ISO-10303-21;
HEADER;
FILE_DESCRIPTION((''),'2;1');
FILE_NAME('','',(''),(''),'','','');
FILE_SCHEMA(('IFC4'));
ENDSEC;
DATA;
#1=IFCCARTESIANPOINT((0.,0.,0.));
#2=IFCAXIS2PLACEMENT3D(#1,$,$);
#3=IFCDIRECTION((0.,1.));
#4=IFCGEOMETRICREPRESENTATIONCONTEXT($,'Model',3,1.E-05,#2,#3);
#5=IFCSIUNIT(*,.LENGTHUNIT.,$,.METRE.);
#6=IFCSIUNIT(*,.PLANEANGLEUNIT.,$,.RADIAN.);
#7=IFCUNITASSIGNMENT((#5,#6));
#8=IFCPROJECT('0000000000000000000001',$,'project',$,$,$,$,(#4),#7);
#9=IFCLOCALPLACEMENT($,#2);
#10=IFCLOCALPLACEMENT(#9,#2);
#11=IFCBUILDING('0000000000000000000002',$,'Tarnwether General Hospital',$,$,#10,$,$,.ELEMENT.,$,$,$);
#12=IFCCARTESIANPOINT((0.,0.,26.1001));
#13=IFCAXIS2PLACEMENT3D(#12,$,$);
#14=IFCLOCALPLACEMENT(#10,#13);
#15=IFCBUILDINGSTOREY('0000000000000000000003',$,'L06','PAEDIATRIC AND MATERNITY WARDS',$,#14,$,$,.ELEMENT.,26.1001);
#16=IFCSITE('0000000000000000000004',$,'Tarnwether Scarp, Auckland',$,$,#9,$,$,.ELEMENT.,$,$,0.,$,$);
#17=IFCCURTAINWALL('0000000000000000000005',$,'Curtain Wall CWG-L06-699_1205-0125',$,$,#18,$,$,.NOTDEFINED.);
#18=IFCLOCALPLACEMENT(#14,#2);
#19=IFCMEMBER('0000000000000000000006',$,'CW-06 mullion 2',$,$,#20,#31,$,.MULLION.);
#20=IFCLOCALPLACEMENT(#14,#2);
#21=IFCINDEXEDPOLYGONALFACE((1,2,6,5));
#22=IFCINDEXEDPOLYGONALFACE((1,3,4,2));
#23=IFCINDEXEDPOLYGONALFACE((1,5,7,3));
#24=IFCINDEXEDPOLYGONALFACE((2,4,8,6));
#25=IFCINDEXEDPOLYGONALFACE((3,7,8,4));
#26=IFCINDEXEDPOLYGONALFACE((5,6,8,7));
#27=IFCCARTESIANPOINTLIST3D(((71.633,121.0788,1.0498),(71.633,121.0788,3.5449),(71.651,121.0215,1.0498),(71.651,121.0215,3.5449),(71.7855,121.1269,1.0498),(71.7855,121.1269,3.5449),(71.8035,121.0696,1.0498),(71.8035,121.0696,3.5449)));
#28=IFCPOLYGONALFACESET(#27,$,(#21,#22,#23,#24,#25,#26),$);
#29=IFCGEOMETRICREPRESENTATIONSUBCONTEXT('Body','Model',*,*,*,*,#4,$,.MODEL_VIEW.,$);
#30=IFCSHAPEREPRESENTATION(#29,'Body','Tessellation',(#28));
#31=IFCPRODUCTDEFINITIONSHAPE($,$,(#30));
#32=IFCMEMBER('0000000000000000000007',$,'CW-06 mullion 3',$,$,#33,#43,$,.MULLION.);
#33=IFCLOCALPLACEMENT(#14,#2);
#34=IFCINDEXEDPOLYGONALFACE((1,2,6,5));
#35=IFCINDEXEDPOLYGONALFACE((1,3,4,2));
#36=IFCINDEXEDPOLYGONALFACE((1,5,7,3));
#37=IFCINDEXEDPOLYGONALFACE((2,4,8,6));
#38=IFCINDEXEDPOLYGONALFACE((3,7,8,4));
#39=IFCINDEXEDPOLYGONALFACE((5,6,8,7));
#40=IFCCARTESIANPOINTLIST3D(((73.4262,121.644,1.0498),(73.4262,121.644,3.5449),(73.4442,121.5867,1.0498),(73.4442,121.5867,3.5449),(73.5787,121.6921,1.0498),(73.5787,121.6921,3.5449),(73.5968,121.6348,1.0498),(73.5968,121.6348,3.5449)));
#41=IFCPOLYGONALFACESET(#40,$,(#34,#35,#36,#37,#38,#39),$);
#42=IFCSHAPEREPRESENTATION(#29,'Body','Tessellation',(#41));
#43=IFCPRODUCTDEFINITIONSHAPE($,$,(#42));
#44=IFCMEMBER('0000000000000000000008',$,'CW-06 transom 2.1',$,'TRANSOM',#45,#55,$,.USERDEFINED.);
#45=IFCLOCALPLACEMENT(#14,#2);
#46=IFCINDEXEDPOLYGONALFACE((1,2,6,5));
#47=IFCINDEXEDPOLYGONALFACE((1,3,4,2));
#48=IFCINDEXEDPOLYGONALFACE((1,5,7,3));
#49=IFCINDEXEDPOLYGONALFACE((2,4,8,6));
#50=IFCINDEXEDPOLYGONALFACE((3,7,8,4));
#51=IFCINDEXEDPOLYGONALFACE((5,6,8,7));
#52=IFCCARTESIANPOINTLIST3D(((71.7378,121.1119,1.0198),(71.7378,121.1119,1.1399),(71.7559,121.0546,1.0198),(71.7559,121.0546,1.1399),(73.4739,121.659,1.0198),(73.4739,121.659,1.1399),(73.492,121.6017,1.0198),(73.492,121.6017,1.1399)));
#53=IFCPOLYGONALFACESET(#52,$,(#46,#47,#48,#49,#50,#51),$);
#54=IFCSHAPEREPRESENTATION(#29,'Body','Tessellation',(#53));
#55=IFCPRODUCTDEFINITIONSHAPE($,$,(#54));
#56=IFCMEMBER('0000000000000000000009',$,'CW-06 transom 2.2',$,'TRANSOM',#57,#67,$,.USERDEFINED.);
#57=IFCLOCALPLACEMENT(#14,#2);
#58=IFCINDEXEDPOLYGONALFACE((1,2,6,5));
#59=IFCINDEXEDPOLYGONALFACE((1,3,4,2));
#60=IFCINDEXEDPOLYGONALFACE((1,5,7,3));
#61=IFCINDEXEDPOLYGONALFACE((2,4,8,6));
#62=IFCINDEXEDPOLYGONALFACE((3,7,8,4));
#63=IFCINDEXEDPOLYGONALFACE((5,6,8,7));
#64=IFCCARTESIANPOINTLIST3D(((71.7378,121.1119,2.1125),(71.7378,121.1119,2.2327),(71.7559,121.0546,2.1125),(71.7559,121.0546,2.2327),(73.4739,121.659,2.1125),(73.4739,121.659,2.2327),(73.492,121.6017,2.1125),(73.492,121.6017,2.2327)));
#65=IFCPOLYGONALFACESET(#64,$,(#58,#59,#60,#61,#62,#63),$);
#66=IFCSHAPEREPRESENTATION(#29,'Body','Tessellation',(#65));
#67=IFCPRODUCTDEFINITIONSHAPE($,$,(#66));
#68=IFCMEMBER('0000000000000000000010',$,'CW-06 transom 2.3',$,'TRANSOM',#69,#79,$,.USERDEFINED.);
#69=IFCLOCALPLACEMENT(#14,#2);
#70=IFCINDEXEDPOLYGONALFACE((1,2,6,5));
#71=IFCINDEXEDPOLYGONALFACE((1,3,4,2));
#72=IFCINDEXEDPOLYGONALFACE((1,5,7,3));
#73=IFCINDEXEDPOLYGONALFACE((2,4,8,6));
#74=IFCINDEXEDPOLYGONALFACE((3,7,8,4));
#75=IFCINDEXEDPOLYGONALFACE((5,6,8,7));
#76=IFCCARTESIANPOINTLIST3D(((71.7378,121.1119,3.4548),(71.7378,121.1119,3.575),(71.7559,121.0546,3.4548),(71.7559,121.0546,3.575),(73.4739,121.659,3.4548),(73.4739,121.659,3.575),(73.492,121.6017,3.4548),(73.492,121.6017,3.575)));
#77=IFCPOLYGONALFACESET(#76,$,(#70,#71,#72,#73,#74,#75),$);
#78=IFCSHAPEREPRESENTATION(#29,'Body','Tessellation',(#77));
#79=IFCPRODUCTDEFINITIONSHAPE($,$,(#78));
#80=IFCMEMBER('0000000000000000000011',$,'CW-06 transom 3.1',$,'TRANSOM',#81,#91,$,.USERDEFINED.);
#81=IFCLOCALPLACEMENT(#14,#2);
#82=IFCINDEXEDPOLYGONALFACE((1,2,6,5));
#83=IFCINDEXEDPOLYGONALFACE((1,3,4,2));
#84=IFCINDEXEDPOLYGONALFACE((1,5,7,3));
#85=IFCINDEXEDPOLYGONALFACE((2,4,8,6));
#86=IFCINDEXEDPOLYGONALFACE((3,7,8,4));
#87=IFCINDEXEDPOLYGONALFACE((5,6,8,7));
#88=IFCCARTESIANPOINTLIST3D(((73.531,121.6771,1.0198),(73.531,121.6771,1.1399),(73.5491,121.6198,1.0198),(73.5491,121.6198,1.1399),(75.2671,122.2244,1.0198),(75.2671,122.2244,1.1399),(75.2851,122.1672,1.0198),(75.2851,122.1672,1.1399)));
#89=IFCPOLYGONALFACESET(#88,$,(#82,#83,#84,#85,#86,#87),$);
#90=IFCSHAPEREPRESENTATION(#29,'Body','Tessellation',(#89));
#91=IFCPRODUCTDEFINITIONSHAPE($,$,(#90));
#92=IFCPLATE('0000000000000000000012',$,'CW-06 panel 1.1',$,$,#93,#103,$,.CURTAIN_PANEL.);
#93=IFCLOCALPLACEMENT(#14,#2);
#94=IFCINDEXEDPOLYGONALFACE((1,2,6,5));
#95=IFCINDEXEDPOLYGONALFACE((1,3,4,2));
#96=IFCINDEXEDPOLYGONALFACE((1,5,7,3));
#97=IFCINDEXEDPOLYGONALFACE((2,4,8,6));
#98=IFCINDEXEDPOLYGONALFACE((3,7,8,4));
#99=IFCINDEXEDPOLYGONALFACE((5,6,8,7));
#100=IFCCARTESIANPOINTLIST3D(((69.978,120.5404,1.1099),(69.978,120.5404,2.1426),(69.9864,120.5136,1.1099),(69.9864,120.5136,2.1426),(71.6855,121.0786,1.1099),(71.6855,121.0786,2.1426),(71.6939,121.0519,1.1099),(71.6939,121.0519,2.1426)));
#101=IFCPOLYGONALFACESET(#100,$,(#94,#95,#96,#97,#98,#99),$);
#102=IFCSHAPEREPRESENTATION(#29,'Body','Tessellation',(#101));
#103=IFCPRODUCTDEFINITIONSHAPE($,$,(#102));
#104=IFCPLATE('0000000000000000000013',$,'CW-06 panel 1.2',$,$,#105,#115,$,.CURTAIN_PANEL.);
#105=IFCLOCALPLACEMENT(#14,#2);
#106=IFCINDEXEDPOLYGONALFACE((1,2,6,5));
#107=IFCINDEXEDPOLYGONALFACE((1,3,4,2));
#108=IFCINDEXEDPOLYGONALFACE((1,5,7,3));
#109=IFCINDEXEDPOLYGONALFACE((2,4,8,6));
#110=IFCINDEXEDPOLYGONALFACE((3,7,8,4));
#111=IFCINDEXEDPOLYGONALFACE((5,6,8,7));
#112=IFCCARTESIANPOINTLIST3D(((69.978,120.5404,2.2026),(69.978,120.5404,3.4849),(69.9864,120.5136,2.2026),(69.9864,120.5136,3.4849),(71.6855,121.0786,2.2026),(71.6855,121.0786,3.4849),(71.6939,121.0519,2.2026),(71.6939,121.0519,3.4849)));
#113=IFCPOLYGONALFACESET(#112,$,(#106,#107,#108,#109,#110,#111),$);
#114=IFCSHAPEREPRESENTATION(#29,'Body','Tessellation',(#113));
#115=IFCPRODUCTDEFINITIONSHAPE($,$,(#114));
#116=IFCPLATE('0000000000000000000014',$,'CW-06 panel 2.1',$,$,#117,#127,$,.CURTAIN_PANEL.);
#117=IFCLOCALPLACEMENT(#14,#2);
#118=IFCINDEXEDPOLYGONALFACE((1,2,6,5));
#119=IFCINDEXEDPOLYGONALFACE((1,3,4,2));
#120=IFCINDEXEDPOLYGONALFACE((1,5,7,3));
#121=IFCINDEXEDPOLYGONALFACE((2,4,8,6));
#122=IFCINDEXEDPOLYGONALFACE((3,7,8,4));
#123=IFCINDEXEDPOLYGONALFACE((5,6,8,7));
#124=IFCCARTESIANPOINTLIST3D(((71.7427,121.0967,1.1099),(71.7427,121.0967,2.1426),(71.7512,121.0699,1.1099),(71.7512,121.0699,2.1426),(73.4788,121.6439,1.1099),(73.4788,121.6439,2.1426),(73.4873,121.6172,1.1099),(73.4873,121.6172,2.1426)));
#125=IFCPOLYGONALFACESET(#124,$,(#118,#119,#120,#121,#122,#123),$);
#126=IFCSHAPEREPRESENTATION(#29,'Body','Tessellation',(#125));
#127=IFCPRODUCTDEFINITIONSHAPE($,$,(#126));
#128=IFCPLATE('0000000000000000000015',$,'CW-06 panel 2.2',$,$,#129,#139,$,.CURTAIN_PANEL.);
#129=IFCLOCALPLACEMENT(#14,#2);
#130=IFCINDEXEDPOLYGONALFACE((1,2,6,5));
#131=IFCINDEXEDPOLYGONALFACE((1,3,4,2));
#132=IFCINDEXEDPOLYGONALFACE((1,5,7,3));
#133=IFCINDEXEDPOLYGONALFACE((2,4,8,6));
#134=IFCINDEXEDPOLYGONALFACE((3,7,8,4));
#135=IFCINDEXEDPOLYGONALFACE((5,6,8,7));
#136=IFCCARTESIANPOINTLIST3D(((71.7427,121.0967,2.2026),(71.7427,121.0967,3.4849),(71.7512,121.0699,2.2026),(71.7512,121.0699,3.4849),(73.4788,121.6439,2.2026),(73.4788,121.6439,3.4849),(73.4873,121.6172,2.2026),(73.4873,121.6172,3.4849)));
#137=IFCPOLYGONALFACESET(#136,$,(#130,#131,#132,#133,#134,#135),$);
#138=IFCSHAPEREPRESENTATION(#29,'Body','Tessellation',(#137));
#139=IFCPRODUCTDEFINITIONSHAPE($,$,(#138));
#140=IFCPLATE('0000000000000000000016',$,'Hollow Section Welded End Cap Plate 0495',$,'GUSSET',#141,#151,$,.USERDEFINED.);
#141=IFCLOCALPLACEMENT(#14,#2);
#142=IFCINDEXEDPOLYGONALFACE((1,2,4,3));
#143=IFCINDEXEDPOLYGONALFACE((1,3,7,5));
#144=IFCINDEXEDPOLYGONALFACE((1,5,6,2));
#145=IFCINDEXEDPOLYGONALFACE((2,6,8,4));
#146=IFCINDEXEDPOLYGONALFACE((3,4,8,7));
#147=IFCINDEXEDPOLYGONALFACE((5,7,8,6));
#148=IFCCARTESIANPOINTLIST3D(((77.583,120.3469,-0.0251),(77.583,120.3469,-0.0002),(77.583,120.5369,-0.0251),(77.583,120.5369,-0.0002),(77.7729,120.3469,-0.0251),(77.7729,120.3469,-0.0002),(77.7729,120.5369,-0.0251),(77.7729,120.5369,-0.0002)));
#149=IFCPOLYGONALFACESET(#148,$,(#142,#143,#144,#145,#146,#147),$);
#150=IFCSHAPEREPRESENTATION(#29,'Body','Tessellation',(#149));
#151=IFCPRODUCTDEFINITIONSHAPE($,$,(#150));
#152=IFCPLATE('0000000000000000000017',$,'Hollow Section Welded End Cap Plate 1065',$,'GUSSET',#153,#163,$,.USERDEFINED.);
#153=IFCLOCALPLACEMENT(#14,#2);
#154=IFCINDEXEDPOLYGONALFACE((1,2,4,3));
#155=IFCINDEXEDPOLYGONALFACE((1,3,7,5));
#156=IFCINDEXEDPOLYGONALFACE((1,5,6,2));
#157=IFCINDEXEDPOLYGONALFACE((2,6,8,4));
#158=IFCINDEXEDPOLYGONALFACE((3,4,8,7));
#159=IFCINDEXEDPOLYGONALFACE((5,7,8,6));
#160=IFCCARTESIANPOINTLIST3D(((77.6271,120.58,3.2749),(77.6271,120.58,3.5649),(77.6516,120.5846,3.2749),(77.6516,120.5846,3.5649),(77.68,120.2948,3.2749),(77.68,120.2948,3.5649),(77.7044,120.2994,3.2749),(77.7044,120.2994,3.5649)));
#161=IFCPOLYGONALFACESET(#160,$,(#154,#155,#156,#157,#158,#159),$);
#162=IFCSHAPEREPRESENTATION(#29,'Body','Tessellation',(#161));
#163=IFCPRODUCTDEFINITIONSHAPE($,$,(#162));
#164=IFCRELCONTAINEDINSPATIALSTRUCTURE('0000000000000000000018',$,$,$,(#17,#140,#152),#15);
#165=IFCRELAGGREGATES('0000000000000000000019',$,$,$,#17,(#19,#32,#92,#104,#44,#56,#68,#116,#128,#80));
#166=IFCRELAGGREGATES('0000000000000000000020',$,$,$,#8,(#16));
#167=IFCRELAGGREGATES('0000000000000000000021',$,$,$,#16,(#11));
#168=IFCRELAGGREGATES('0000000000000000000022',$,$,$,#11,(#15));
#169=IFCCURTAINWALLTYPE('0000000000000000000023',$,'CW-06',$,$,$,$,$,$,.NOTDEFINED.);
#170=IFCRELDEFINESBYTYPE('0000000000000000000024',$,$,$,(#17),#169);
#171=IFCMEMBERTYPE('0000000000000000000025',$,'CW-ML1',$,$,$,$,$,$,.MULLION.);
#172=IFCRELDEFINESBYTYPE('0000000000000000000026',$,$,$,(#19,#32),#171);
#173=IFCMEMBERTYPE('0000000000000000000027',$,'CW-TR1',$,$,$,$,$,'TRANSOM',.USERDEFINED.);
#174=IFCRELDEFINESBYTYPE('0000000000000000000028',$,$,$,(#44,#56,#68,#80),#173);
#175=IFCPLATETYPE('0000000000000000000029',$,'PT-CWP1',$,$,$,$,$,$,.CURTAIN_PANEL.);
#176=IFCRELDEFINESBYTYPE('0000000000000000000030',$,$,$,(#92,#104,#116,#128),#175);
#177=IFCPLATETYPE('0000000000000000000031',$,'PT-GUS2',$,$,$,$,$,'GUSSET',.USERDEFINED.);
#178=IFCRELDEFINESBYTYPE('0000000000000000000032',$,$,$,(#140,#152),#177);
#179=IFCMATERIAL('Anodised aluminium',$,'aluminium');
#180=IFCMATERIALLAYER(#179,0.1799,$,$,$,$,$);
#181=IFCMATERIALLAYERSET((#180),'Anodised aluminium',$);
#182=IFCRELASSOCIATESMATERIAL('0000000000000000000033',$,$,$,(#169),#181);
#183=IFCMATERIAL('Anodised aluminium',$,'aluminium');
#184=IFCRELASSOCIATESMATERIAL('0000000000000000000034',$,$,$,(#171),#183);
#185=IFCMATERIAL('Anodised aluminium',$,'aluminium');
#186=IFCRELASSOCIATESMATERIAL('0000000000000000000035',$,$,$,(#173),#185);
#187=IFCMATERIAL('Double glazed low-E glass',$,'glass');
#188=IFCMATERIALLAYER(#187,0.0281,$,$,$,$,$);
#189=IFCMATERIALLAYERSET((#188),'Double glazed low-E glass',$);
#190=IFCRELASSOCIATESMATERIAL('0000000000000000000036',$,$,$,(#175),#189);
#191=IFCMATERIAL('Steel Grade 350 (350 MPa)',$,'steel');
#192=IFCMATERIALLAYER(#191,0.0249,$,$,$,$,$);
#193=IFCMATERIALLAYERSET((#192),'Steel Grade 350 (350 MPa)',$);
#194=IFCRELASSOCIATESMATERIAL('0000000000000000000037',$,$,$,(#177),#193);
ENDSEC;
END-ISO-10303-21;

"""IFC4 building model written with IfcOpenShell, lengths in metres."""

from ifc_helpers import new_model, si_unit, direction, frame, origin, origin_2d, place, context, subcontext, project, spatial, rectangle, extrude, material, layer, layer_set, material_profile, profile_set, type_object, element, aggregate, save


model = new_model("IFC4")

# Units and contexts
model_context = context("Model", 3, precision=1e-05, world=origin(), true_north=direction((0.0, 1.0)))
body_context = subcontext(model_context, "Body", "Model", "MODEL_VIEW")
ifc_project = project(units=[si_unit("LENGTHUNIT", "METRE"), si_unit("PLANEANGLEUNIT", "RADIAN")], contexts=[model_context])

# Site, building, storey
site_placement = place(None, origin())
site = spatial("IfcSite", under=ifc_project, at=site_placement, Name="Tarnwether Scarp, Auckland", CompositionType="ELEMENT", RefElevation=0.0)
building_placement = place(site_placement, origin())
building = spatial("IfcBuilding", under=site, at=building_placement, Name="Tarnwether General Hospital", CompositionType="ELEMENT")
storey_placement = place(building_placement, frame((0.0, 0.0, 26.1001)))
storey = spatial("IfcBuildingStorey", under=building, at=storey_placement, Name="L06", Description="PAEDIATRIC AND MATERNITY WARDS", CompositionType="ELEMENT", Elevation=26.1001)

# Curtain wall, members, plates
ifc_material_1 = material(Name="Anodised aluminium", Category="aluminium")
ifc_layer_1 = layer(ifc_material_1, 0.1799)
ifc_layer_set_1 = layer_set([ifc_layer_1], Name="Anodised aluminium")
curtain_wall_type = type_object("IfcCurtainWallType", Name="CW-06", PredefinedType="NOTDEFINED", material=ifc_layer_set_1)
curtain_wall_placement = place(storey_placement, origin())
curtain_wall = element("IfcCurtainWall", 1, at=curtain_wall_placement, inside=storey, type_object=curtain_wall_type, Name="Curtain Wall CWG-L06-699_1205-0125", PredefinedType="NOTDEFINED")
ifc_material_2 = material(Name="Anodised aluminium", Category="aluminium")
ifc_material_profile_1 = material_profile(ifc_material_2, rectangle(XDim=0.0601, YDim=0.1599, at=origin_2d()), Name="ALU-MUL-60x160")
ifc_profile_set_1 = profile_set([ifc_material_profile_1], Name="Anodised aluminium")
member_type_1 = type_object("IfcMemberType", Name="CW-ML1", PredefinedType="MULLION", material=ifc_profile_set_1)
member_1_placement = place(storey_placement, frame((71.7183, 121.0742, 1.0498), z_axis=(0.0, 0.0, 1.0), x_axis=(-0.300629, 0.953741, 0.0)))
member_1 = element("IfcMember", 2, at=member_1_placement, type_object=member_type_1, Name="CW-06 mullion 2", PredefinedType="MULLION", context=body_context, shape_type="SweptSolid", body=[
    extrude(rectangle(XDim=0.0601, YDim=0.1599, at=origin_2d()), origin(), (0.0, 0.0, 1.0), 2.4951),
])
member_2_placement = place(storey_placement, frame((73.5115, 121.6394, 1.0498), z_axis=(0.0, 0.0, 1.0), x_axis=(-0.300629, 0.953741, 0.0)))
member_2 = element("IfcMember", 3, at=member_2_placement, type_object=member_type_1, Name="CW-06 mullion 3", PredefinedType="MULLION", context=body_context, shape_type="SweptSolid", body=[
    extrude(rectangle(XDim=0.0601, YDim=0.1599, at=origin_2d()), origin(), (0.0, 0.0, 1.0), 2.4951),
])
ifc_material_3 = material(Name="Anodised aluminium", Category="aluminium")
ifc_material_profile_2 = material_profile(ifc_material_3, rectangle(XDim=0.0601, YDim=0.1201, at=origin_2d()), Name="ALU-TRN-60x120")
ifc_profile_set_2 = profile_set([ifc_material_profile_2], Name="Anodised aluminium")
member_type_2 = type_object("IfcMemberType", Name="CW-TR1", ElementType="TRANSOM", PredefinedType="USERDEFINED", material=ifc_profile_set_2)
member_3_placement = place(storey_placement, frame((71.7468, 121.0833, 1.0798), z_axis=(0.953759, 0.300573, 0.0), x_axis=(-0.300573, 0.953759, 0.0)))
member_3 = element("IfcMember", 4, at=member_3_placement, type_object=member_type_2, Name="CW-06 transom 2.1", ObjectType="TRANSOM", PredefinedType="USERDEFINED", context=body_context, shape_type="SweptSolid", body=[
    extrude(rectangle(XDim=0.0601, YDim=0.1201, at=origin_2d()), origin(), (0.0, 0.0, 1.0), 1.8203),
])
member_4_placement = place(storey_placement, frame((71.7468, 121.0833, 2.1726), z_axis=(0.953759, 0.300573, 0.0), x_axis=(-0.300573, 0.953759, 0.0)))
member_4 = element("IfcMember", 5, at=member_4_placement, type_object=member_type_2, Name="CW-06 transom 2.2", ObjectType="TRANSOM", PredefinedType="USERDEFINED", context=body_context, shape_type="SweptSolid", body=[
    extrude(rectangle(XDim=0.0601, YDim=0.1201, at=origin_2d()), origin(), (0.0, 0.0, 1.0), 1.8203),
])
member_5_placement = place(storey_placement, frame((71.7468, 121.0833, 3.5149), z_axis=(0.953759, 0.300573, 0.0), x_axis=(-0.300573, 0.953759, 0.0)))
member_5 = element("IfcMember", 6, at=member_5_placement, type_object=member_type_2, Name="CW-06 transom 2.3", ObjectType="TRANSOM", PredefinedType="USERDEFINED", context=body_context, shape_type="SweptSolid", body=[
    extrude(rectangle(XDim=0.0601, YDim=0.1201, at=origin_2d()), origin(), (0.0, 0.0, 1.0), 1.8203),
])
member_6_placement = place(storey_placement, frame((73.54, 121.6484, 1.0798), z_axis=(0.95372, 0.300695, 0.0), x_axis=(-0.300695, 0.95372, 0.0)))
member_6 = element("IfcMember", 7, at=member_6_placement, type_object=member_type_2, Name="CW-06 transom 3.1", ObjectType="TRANSOM", PredefinedType="USERDEFINED", context=body_context, shape_type="SweptSolid", body=[
    extrude(rectangle(XDim=0.0601, YDim=0.1201, at=origin_2d()), origin(), (0.0, 0.0, 1.0), 1.8203),
])
ifc_material_4 = material(Name="Double glazed low-E glass", Category="glass")
ifc_layer_2 = layer(ifc_material_4, 0.0281)
ifc_layer_set_2 = layer_set([ifc_layer_2], Name="Double glazed low-E glass")
plate_type_1 = type_object("IfcPlateType", Name="PT-CWP1", PredefinedType="CURTAIN_PANEL", material=ifc_layer_set_2)
plate_1_placement = place(storey_placement, frame((70.8359, 120.7961, 1.1099), z_axis=(0.0, 0.0, 1.0), x_axis=(0.953741, 0.300629, 0.0)))
plate_1 = element("IfcPlate", 8, at=plate_1_placement, type_object=plate_type_1, Name="CW-06 panel 1.1", PredefinedType="CURTAIN_PANEL", context=body_context, shape_type="SweptSolid", body=[
    extrude(rectangle(XDim=1.7903, YDim=0.0281, at=origin_2d()), origin(), (0.0, 0.0, 1.0), 1.0327),
])
plate_2_placement = place(storey_placement, frame((70.8359, 120.7961, 2.2026), z_axis=(0.0, 0.0, 1.0), x_axis=(0.953741, 0.300629, 0.0)))
plate_2 = element("IfcPlate", 9, at=plate_2_placement, type_object=plate_type_1, Name="CW-06 panel 1.2", PredefinedType="CURTAIN_PANEL", context=body_context, shape_type="SweptSolid", body=[
    extrude(rectangle(XDim=1.7903, YDim=0.0281, at=origin_2d()), origin(), (0.0, 0.0, 1.0), 1.2822),
])
plate_3_placement = place(storey_placement, frame((72.615, 121.3569, 1.1099), z_axis=(0.0, 0.0, 1.0), x_axis=(0.953741, 0.300629, 0.0)))
plate_3 = element("IfcPlate", 10, at=plate_3_placement, type_object=plate_type_1, Name="CW-06 panel 2.1", PredefinedType="CURTAIN_PANEL", context=body_context, shape_type="SweptSolid", body=[
    extrude(rectangle(XDim=1.8203, YDim=0.0281, at=origin_2d()), origin(), (0.0, 0.0, 1.0), 1.0327),
])
plate_4_placement = place(storey_placement, frame((72.615, 121.3569, 2.2026), z_axis=(0.0, 0.0, 1.0), x_axis=(0.953741, 0.300629, 0.0)))
plate_4 = element("IfcPlate", 11, at=plate_4_placement, type_object=plate_type_1, Name="CW-06 panel 2.2", PredefinedType="CURTAIN_PANEL", context=body_context, shape_type="SweptSolid", body=[
    extrude(rectangle(XDim=1.8203, YDim=0.0281, at=origin_2d()), origin(), (0.0, 0.0, 1.0), 1.2822),
])
aggregate(curtain_wall, [member_1, member_2, plate_1, plate_2, member_3, member_4, member_5, plate_3, plate_4, member_6])

# Plates
ifc_material_5 = material(Name="Steel Grade 350 (350 MPa)", Category="steel")
ifc_layer_3 = layer(ifc_material_5, 0.0249)
ifc_layer_set_3 = layer_set([ifc_layer_3], Name="Steel Grade 350 (350 MPa)")
plate_type_2 = type_object("IfcPlateType", Name="PT-GUS2", ElementType="GUSSET", PredefinedType="USERDEFINED", material=ifc_layer_set_3)
plate_5_placement = place(storey_placement, frame((77.678, 120.4419, -0.0251), z_axis=(0.0, 0.0, 1.0), x_axis=(1.0, 0.0, 0.0)))
element("IfcPlate", 12, at=plate_5_placement, inside=storey, type_object=plate_type_2, Name="Hollow Section Welded End Cap Plate 0495", ObjectType="GUSSET", PredefinedType="USERDEFINED", context=body_context, shape_type="SweptSolid", body=[
    extrude(rectangle(XDim=0.1899, YDim=0.1899, at=origin_2d()), origin(), (0.0, 0.0, 1.0), 0.0249),
])
plate_6_placement = place(storey_placement, frame((77.6658, 120.4397, 3.2749), z_axis=(0.0, 0.0, 1.0), x_axis=(0.983261, 0.182201, 0.0)))
element("IfcPlate", 13, at=plate_6_placement, inside=storey, type_object=plate_type_2, Name="Hollow Section Welded End Cap Plate 1065", ObjectType="GUSSET", PredefinedType="USERDEFINED", context=body_context, shape_type="SweptSolid", body=[
    extrude(rectangle(XDim=0.0249, YDim=0.29, at=origin_2d()), origin(), (0.0, 0.0, 1.0), 0.29),
])

save(model, "model.ifc")
